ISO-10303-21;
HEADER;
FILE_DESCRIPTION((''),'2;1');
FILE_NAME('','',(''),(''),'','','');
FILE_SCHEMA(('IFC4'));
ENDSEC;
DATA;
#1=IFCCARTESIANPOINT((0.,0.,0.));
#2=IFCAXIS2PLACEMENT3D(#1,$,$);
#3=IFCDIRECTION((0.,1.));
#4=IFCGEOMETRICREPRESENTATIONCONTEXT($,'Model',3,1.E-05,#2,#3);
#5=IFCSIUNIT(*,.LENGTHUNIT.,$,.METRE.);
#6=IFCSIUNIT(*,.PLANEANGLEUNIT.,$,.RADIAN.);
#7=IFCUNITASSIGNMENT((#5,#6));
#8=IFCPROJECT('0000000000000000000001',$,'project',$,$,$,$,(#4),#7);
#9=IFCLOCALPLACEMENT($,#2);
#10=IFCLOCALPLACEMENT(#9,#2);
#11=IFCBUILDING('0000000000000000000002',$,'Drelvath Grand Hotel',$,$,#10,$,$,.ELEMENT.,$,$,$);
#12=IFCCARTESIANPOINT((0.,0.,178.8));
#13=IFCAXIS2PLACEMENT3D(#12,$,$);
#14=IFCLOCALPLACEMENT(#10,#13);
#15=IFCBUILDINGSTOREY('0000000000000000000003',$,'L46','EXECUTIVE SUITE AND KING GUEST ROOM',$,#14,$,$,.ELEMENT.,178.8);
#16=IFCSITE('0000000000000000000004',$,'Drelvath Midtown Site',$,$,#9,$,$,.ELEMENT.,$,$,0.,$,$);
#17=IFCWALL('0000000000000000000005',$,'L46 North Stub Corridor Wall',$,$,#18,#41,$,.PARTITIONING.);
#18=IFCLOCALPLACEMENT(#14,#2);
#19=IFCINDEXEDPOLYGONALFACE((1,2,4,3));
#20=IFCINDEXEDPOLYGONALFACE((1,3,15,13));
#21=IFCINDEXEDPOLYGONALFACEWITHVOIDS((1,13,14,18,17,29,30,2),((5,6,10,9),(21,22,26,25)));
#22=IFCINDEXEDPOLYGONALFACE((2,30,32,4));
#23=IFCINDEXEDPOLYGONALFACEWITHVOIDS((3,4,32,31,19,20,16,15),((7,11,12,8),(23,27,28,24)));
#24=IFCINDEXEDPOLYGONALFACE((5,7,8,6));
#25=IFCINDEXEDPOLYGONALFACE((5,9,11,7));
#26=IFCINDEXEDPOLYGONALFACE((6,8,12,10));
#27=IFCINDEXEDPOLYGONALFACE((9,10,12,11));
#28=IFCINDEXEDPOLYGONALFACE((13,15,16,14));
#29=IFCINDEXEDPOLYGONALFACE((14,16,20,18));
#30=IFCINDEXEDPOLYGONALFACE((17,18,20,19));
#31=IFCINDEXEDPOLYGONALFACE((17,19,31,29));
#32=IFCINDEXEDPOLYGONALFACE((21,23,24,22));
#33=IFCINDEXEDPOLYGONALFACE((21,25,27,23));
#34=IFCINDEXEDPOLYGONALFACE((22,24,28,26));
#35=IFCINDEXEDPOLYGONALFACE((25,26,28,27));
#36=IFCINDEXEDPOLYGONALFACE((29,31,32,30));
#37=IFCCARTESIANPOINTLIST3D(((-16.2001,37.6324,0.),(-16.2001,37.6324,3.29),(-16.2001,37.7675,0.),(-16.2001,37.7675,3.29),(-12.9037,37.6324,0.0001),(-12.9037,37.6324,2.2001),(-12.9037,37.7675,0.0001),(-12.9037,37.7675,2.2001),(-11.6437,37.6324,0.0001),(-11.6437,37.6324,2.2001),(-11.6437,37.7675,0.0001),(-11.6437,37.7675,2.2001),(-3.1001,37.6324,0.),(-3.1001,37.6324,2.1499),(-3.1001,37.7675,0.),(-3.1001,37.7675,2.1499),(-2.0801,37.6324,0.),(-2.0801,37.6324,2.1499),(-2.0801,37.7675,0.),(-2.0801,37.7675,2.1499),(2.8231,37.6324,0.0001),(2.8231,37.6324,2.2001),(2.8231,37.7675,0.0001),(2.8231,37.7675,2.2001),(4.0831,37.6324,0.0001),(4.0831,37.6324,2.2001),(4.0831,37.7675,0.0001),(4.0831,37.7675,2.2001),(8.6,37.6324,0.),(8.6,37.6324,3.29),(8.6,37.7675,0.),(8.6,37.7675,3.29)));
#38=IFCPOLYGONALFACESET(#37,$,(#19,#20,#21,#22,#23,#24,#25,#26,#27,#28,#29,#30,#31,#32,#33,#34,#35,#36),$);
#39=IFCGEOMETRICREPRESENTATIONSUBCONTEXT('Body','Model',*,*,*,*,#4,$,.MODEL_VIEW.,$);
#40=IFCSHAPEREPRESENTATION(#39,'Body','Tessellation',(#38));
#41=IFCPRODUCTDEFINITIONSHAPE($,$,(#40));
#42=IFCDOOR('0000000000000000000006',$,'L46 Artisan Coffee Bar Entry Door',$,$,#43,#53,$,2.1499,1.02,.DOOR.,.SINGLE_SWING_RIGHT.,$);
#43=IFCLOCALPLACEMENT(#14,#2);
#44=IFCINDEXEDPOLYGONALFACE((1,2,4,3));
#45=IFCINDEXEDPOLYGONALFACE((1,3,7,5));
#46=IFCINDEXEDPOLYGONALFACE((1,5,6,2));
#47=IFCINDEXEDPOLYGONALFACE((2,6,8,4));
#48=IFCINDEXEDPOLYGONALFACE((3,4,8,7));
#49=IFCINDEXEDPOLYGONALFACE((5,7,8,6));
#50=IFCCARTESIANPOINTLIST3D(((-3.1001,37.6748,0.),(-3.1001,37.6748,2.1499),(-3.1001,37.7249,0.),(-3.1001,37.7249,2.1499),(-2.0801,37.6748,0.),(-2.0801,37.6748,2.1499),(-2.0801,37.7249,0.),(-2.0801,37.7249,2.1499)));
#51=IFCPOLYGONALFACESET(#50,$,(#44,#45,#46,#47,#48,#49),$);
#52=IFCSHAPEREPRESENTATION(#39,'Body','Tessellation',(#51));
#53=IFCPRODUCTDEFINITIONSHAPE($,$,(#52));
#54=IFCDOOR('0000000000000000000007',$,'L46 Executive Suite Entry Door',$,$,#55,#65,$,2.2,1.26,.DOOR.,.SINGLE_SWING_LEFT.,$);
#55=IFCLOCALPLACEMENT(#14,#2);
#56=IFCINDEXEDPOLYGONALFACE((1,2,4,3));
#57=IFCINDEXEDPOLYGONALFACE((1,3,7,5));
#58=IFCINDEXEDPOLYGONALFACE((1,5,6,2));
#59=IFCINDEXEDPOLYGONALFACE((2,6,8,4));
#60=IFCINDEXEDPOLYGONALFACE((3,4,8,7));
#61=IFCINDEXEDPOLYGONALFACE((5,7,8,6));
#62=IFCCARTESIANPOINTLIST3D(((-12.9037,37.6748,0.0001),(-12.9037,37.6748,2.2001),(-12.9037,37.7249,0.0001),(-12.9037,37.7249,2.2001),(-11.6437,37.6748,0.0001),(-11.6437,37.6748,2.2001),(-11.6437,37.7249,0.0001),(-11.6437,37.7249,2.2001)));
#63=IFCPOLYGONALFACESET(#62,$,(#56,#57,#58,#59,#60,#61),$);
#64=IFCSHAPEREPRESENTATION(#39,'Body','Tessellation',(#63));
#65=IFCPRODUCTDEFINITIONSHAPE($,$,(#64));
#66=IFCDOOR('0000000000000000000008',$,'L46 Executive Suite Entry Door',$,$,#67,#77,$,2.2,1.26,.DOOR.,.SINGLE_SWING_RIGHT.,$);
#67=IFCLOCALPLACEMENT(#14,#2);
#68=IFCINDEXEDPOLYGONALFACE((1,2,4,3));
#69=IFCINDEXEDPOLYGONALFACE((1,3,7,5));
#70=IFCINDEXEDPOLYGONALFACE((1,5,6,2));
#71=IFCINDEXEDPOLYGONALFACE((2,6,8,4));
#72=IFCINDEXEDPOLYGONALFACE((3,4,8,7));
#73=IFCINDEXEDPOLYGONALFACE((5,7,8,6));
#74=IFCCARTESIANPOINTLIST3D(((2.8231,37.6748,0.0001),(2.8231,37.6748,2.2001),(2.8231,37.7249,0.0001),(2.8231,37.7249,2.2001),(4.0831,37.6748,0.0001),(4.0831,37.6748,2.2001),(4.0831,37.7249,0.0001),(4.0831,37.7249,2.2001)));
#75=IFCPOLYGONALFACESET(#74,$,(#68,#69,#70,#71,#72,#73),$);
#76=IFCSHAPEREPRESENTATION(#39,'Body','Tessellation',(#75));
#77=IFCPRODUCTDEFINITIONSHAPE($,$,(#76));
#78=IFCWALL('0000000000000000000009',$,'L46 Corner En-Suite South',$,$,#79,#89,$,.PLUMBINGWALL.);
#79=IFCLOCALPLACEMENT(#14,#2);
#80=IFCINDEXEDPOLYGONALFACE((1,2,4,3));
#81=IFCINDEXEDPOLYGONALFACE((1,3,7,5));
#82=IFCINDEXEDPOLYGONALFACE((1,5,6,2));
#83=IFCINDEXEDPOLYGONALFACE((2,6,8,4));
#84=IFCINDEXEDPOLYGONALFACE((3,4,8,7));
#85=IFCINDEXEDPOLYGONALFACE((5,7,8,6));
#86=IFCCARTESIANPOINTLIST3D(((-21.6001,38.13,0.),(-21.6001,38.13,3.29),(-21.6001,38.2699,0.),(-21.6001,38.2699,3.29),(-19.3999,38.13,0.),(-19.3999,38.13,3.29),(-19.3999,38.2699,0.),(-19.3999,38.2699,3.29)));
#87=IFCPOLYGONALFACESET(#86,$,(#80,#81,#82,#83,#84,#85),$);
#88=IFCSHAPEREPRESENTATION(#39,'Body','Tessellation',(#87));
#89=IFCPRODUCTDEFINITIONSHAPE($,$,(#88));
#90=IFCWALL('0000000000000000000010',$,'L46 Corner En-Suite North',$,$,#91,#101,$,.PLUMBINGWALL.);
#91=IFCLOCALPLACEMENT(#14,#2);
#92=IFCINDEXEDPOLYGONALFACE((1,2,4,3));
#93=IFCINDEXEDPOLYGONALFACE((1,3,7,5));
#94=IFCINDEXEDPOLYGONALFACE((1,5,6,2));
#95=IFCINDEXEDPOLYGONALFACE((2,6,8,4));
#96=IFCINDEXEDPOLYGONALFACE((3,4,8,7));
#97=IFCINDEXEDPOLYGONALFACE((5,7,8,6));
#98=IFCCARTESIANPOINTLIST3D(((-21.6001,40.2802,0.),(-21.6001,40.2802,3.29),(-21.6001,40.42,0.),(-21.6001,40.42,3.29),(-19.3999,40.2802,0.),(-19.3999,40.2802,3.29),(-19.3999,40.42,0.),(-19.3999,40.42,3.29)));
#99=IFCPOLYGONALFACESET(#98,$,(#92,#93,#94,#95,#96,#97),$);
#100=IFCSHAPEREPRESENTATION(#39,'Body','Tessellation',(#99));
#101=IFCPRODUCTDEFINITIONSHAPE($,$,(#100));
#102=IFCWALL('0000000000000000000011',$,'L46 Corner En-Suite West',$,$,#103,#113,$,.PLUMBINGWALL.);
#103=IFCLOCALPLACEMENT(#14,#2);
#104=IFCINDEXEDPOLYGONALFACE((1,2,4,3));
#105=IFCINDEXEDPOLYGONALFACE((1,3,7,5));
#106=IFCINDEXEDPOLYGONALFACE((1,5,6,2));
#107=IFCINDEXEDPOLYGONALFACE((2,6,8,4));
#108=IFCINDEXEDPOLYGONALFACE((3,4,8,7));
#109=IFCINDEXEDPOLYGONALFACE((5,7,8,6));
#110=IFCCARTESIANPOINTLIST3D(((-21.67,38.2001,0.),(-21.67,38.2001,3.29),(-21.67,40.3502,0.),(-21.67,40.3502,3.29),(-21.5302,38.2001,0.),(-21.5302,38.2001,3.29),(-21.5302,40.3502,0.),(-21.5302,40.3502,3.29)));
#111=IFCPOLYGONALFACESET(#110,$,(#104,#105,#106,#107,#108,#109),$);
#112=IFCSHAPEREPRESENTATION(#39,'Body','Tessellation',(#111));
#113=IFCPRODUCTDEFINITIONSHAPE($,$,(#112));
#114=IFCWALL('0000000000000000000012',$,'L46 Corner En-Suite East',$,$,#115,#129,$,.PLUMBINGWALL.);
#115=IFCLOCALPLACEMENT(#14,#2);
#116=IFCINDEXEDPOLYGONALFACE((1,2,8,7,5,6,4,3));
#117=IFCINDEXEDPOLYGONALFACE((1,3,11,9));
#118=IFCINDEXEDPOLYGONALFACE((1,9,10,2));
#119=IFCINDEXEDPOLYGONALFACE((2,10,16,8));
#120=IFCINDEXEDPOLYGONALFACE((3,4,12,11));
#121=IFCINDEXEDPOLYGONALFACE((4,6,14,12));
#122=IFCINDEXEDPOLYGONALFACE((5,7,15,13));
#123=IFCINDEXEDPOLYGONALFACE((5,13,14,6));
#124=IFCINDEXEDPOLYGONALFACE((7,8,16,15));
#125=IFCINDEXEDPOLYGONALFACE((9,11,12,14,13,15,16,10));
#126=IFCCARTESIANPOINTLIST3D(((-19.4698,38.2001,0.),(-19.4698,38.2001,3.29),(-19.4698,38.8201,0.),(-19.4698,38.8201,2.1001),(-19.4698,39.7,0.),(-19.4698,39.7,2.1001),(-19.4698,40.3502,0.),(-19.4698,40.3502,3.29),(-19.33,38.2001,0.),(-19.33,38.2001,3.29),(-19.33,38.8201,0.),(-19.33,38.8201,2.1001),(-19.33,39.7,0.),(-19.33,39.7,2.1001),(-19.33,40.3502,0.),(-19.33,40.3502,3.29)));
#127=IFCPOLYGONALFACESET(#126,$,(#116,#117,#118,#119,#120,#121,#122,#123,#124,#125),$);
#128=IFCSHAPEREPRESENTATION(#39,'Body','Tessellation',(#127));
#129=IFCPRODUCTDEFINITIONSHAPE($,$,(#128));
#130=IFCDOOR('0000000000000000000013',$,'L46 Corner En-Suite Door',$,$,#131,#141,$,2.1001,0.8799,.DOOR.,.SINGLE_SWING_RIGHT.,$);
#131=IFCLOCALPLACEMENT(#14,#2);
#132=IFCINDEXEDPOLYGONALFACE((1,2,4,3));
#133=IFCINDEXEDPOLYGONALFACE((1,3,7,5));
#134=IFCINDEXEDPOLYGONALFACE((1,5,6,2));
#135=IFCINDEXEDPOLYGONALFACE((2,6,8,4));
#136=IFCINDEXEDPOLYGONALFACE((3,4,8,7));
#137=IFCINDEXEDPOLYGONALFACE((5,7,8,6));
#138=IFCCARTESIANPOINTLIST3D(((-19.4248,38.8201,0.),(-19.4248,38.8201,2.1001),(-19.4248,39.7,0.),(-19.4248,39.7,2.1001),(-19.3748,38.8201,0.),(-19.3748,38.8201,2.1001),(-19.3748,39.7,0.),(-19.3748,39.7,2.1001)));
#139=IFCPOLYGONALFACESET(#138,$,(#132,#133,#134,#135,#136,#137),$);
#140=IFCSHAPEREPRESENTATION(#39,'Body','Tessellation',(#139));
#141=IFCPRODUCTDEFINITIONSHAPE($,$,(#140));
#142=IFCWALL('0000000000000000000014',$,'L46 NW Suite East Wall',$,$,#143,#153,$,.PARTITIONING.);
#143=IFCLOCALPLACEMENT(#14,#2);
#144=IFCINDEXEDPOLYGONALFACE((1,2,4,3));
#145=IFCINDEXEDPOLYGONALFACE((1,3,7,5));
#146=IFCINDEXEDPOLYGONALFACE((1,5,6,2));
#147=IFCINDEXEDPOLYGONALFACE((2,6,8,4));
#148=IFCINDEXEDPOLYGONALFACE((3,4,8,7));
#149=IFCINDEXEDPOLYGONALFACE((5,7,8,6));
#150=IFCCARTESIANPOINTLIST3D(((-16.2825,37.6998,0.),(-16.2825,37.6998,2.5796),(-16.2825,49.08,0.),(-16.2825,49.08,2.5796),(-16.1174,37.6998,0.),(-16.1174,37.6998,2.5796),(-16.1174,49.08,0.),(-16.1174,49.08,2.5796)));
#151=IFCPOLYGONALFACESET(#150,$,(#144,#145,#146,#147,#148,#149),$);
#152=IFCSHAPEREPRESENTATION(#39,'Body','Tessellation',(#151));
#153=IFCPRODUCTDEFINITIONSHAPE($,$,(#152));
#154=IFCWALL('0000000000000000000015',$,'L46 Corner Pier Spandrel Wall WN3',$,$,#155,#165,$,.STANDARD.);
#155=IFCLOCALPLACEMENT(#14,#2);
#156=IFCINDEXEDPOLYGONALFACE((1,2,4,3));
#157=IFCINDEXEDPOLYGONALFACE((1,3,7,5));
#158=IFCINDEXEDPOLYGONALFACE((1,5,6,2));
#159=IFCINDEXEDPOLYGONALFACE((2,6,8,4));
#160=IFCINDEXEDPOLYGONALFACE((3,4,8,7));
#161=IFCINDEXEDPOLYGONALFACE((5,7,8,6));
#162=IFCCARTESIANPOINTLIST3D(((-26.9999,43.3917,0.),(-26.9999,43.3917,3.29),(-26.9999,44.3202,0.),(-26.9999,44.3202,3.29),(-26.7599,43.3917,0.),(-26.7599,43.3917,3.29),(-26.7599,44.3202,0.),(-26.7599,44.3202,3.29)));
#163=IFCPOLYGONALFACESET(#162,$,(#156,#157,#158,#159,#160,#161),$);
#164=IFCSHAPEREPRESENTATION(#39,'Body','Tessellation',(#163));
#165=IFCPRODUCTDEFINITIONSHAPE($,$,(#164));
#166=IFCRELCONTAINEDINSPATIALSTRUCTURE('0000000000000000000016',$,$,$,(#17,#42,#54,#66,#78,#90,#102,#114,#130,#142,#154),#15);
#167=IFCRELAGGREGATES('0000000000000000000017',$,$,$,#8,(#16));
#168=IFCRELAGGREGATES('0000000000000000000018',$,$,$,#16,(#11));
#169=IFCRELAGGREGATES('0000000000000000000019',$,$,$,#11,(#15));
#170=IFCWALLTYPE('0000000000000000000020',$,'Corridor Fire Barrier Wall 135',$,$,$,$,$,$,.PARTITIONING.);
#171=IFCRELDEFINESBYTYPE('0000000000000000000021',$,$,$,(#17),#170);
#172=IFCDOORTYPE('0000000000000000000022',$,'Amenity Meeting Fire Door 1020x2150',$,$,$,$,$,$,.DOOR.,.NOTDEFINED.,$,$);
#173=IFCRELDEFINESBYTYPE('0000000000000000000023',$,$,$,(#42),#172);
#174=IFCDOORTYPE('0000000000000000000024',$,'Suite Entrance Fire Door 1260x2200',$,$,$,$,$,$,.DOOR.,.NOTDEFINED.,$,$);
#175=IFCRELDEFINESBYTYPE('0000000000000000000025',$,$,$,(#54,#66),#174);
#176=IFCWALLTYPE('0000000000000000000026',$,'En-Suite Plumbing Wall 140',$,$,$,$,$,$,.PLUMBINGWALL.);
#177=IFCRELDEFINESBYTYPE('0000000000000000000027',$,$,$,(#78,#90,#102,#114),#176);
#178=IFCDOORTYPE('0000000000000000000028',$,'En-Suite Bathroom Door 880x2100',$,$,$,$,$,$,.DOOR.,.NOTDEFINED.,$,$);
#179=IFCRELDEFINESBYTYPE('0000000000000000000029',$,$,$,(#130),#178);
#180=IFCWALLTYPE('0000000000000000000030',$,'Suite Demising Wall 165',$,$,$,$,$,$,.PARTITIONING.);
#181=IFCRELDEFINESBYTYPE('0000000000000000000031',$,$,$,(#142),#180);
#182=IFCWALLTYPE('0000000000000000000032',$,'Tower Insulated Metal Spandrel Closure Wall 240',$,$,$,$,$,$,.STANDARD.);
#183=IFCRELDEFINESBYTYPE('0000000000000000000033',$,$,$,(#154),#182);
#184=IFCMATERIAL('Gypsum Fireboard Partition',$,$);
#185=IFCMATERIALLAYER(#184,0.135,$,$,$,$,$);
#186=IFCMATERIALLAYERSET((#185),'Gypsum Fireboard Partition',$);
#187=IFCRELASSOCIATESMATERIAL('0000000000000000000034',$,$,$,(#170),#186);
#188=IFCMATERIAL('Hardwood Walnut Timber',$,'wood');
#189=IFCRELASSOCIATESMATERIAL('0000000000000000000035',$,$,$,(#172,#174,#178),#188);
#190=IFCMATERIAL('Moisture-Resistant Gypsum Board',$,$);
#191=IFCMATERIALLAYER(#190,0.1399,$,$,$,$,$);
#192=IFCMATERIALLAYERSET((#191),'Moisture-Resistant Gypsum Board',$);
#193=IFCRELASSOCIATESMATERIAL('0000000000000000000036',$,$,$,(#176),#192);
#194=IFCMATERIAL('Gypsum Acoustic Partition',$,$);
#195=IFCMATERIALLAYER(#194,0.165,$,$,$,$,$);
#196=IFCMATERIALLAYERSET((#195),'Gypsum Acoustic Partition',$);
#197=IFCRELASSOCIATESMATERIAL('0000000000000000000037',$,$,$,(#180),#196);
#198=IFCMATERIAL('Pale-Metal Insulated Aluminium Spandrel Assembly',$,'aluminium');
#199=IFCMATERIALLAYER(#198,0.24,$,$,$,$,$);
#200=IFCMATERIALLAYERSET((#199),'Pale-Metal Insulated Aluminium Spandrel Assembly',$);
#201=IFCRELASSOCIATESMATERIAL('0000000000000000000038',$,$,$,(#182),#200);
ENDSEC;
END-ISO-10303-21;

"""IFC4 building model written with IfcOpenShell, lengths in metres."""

from ifc_helpers import new_model, si_unit, direction, frame, frame_2d, origin, place, context, subcontext, project, spatial, rectangle, extrude, material, layer, layer_set, type_object, element, fill, save


model = new_model("IFC4")

# Units and contexts
model_context = context("Model", 3, precision=1e-05, world=origin(), true_north=direction((0.0, 1.0)))
body_context = subcontext(model_context, "Body", "Model", "MODEL_VIEW")
ifc_project = project(units=[si_unit("LENGTHUNIT", "METRE"), si_unit("PLANEANGLEUNIT", "RADIAN")], contexts=[model_context])

# Site, building, storey
site_placement = place(None, origin())
site = spatial("IfcSite", under=ifc_project, at=site_placement, Name="Drelvath Midtown Site", CompositionType="ELEMENT", RefElevation=0.0)
building_placement = place(site_placement, origin())
building = spatial("IfcBuilding", under=site, at=building_placement, Name="Drelvath Grand Hotel", CompositionType="ELEMENT")
storey_placement = place(building_placement, frame((0.0, 0.0, 178.8)))
storey = spatial("IfcBuildingStorey", under=building, at=storey_placement, Name="L46", Description="EXECUTIVE SUITE AND KING GUEST ROOM", CompositionType="ELEMENT", Elevation=178.8)

# Wall, openings, doors
ifc_material_1 = material(Name="Gypsum Fireboard Partition")
ifc_layer_1 = layer(ifc_material_1, 0.135)
ifc_layer_set_1 = layer_set([ifc_layer_1], Name="Gypsum Fireboard Partition")
wall_type_1 = type_object("IfcWallType", Name="Corridor Fire Barrier Wall 135", PredefinedType="PARTITIONING", material=ifc_layer_set_1)
wall_1_placement = place(storey_placement, frame((-16.2, 37.7, 0.0), z_axis=(0.0, 0.0, 1.0), x_axis=(1.0, 0.0, 0.0)))
wall_1 = element("IfcWall", 1, at=wall_1_placement, inside=storey, type_object=wall_type_1, Name="L46 North Stub Corridor Wall", PredefinedType="PARTITIONING", context=body_context, shape_type="SweptSolid", body=[
    extrude(rectangle(XDim=24.8, YDim=0.135, at=frame_2d((12.3999, 0.0))), origin(), (0.0, 0.0, 1.0), 3.29),
])
opening_1_placement = place(wall_1_placement, frame((3.2964, 0.0, 0.0)))
opening_1 = element("IfcOpeningElement", 2, at=opening_1_placement, cuts=wall_1, PredefinedType="OPENING", context=body_context, shape_type="SweptSolid", body=[
    extrude(rectangle(XDim=1.26, YDim=2.2, at=frame_2d((0.6299, 1.1001))), frame((0.0, 0.0774, 0.0), z_axis=(0.0, -1.0, 0.0), x_axis=(1.0, 0.0, 0.0)), (0.0, 0.0, 1.0), 0.155),
])
opening_2_placement = place(wall_1_placement, frame((13.0999, 0.0, 0.0)))
opening_2 = element("IfcOpeningElement", 3, at=opening_2_placement, cuts=wall_1, PredefinedType="OPENING", context=body_context, shape_type="SweptSolid", body=[
    extrude(rectangle(XDim=1.02, YDim=2.1499, at=frame_2d((0.51, 1.075))), frame((0.0, 0.0774, 0.0), z_axis=(0.0, -1.0, 0.0), x_axis=(1.0, 0.0, 0.0)), (0.0, 0.0, 1.0), 0.155),
])
opening_3_placement = place(wall_1_placement, frame((19.0232, 0.0, 0.0)))
opening_3 = element("IfcOpeningElement", 4, at=opening_3_placement, cuts=wall_1, PredefinedType="OPENING", context=body_context, shape_type="SweptSolid", body=[
    extrude(rectangle(XDim=1.26, YDim=2.2, at=frame_2d((0.6299, 1.1001))), frame((0.0, 0.0774, 0.0), z_axis=(0.0, -1.0, 0.0), x_axis=(1.0, 0.0, 0.0)), (0.0, 0.0, 1.0), 0.155),
])
ifc_material_2 = material(Name="Hardwood Walnut Timber", Category="wood")
door_type_1 = type_object("IfcDoorType", Name="Amenity Meeting Fire Door 1020x2150", OperationType="NOTDEFINED", PredefinedType="DOOR", material=ifc_material_2)
door_1_placement = place(opening_2_placement, origin())
door_1 = element("IfcDoor", 5, at=door_1_placement, inside=storey, type_object=door_type_1, Name="L46 Artisan Coffee Bar Entry Door", OperationType="SINGLE_SWING_RIGHT", OverallHeight=2.1499, OverallWidth=1.02, PredefinedType="DOOR", context=body_context, shape_type="SweptSolid", body=[
    extrude(rectangle(XDim=1.02, YDim=2.1499, at=frame_2d((0.51, 1.075))), frame((0.0, 0.0249, 0.0), z_axis=(0.0, -1.0, 0.0), x_axis=(1.0, 0.0, 0.0)), (0.0, 0.0, 1.0), 0.05),
])
fill(opening_2, door_1)
door_type_2 = type_object("IfcDoorType", Name="Suite Entrance Fire Door 1260x2200", OperationType="NOTDEFINED", PredefinedType="DOOR", material=ifc_material_2)
door_2_placement = place(opening_1_placement, origin())
door_2 = element("IfcDoor", 6, at=door_2_placement, inside=storey, type_object=door_type_2, Name="L46 Executive Suite Entry Door", OperationType="SINGLE_SWING_LEFT", OverallHeight=2.2, OverallWidth=1.26, PredefinedType="DOOR", context=body_context, shape_type="SweptSolid", body=[
    extrude(rectangle(XDim=1.26, YDim=2.2, at=frame_2d((0.6299, 1.1001))), frame((0.0, 0.0249, 0.0), z_axis=(0.0, -1.0, 0.0), x_axis=(1.0, 0.0, 0.0)), (0.0, 0.0, 1.0), 0.05),
])
fill(opening_1, door_2)
door_3_placement = place(opening_3_placement, origin())
door_3 = element("IfcDoor", 7, at=door_3_placement, inside=storey, type_object=door_type_2, Name="L46 Executive Suite Entry Door", OperationType="SINGLE_SWING_RIGHT", OverallHeight=2.2, OverallWidth=1.26, PredefinedType="DOOR", context=body_context, shape_type="SweptSolid", body=[
    extrude(rectangle(XDim=1.26, YDim=2.2, at=frame_2d((0.6299, 1.1001))), frame((0.0, 0.0249, 0.0), z_axis=(0.0, -1.0, 0.0), x_axis=(1.0, 0.0, 0.0)), (0.0, 0.0, 1.0), 0.05),
])
fill(opening_3, door_3)

# Walls
ifc_material_3 = material(Name="Moisture-Resistant Gypsum Board")
ifc_layer_2 = layer(ifc_material_3, 0.1399)
ifc_layer_set_2 = layer_set([ifc_layer_2], Name="Moisture-Resistant Gypsum Board")
wall_type_2 = type_object("IfcWallType", Name="En-Suite Plumbing Wall 140", PredefinedType="PLUMBINGWALL", material=ifc_layer_set_2)
for number, where, z_axis, x_axis, name in (
    (8, (-21.6001, 38.2, 0.0), (0.0, 0.0, 1.0), (1.0, 0.0, 0.0), "L46 Corner En-Suite South"),
    (9, (-21.6001, 40.3501, 0.0), (0.0, 0.0, 1.0), (1.0, 0.0, 0.0), "L46 Corner En-Suite North"),
):
    element("IfcWall", number, at=place(storey_placement, frame(where, z_axis=z_axis, x_axis=x_axis)), inside=storey, type_object=wall_type_2, Name=name, PredefinedType="PLUMBINGWALL", context=body_context, shape_type="SweptSolid", body=[
        extrude(rectangle(XDim=2.2002, YDim=0.1399, at=frame_2d((1.1001, 0.0))), origin(), (0.0, 0.0, 1.0), 3.29),
    ])
wall_2_placement = place(storey_placement, frame((-21.6001, 38.2, 0.0), z_axis=(0.0, 0.0, 1.0), x_axis=(0.0, 1.0, 0.0)))
element("IfcWall", 10, at=wall_2_placement, inside=storey, type_object=wall_type_2, Name="L46 Corner En-Suite West", PredefinedType="PLUMBINGWALL", context=body_context, shape_type="SweptSolid", body=[
    extrude(rectangle(XDim=2.1501, YDim=0.1399, at=frame_2d((1.0752, 0.0))), origin(), (0.0, 0.0, 1.0), 3.29),
])

# Wall, opening, door
wall_3_placement = place(storey_placement, frame((-19.3999, 38.2, 0.0), z_axis=(0.0, 0.0, 1.0), x_axis=(0.0, 1.0, 0.0)))
wall_3 = element("IfcWall", 11, at=wall_3_placement, inside=storey, type_object=wall_type_2, Name="L46 Corner En-Suite East", PredefinedType="PLUMBINGWALL", context=body_context, shape_type="SweptSolid", body=[
    extrude(rectangle(XDim=2.1501, YDim=0.1399, at=frame_2d((1.0752, 0.0))), origin(), (0.0, 0.0, 1.0), 3.29),
])
opening_4_placement = place(wall_3_placement, frame((0.6201, 0.0, 0.0)))
opening_4 = element("IfcOpeningElement", 12, at=opening_4_placement, cuts=wall_3, PredefinedType="OPENING", context=body_context, shape_type="SweptSolid", body=[
    extrude(rectangle(XDim=0.8799, YDim=2.1001, at=frame_2d((0.4399, 1.05))), frame((0.0, 0.0798, 0.0), z_axis=(0.0, -1.0, 0.0), x_axis=(1.0, 0.0, 0.0)), (0.0, 0.0, 1.0), 0.1599),
])
door_type_3 = type_object("IfcDoorType", Name="En-Suite Bathroom Door 880x2100", OperationType="NOTDEFINED", PredefinedType="DOOR", material=ifc_material_2)
door_4_placement = place(opening_4_placement, origin())
door_4 = element("IfcDoor", 13, at=door_4_placement, inside=storey, type_object=door_type_3, Name="L46 Corner En-Suite Door", OperationType="SINGLE_SWING_RIGHT", OverallHeight=2.1001, OverallWidth=0.8799, PredefinedType="DOOR", context=body_context, shape_type="SweptSolid", body=[
    extrude(rectangle(XDim=0.8799, YDim=2.1001, at=frame_2d((0.4399, 1.05))), frame((0.0, 0.0249, 0.0), z_axis=(0.0, -1.0, 0.0), x_axis=(1.0, 0.0, 0.0)), (0.0, 0.0, 1.0), 0.05),
])
fill(opening_4, door_4)

# Walls
ifc_material_4 = material(Name="Gypsum Acoustic Partition")
ifc_layer_3 = layer(ifc_material_4, 0.165)
ifc_layer_set_3 = layer_set([ifc_layer_3], Name="Gypsum Acoustic Partition")
wall_type_3 = type_object("IfcWallType", Name="Suite Demising Wall 165", PredefinedType="PARTITIONING", material=ifc_layer_set_3)
wall_4_placement = place(storey_placement, frame((-16.2, 37.7, 0.0), z_axis=(0.0, 0.0, 1.0), x_axis=(0.0, 1.0, 0.0)))
element("IfcWall", 14, at=wall_4_placement, inside=storey, type_object=wall_type_3, Name="L46 NW Suite East Wall", PredefinedType="PARTITIONING", context=body_context, shape_type="SweptSolid", body=[
    extrude(rectangle(XDim=11.3801, YDim=0.165, at=frame_2d((5.6899, 0.0))), origin(), (0.0, 0.0, 1.0), 2.5796),
])
ifc_material_5 = material(Name="Pale-Metal Insulated Aluminium Spandrel Assembly", Category="aluminium")
ifc_layer_4 = layer(ifc_material_5, 0.24)
ifc_layer_set_4 = layer_set([ifc_layer_4], Name="Pale-Metal Insulated Aluminium Spandrel Assembly")
wall_type_4 = type_object("IfcWallType", Name="Tower Insulated Metal Spandrel Closure Wall 240", PredefinedType="STANDARD", material=ifc_layer_set_4)
wall_5_placement = place(storey_placement, frame((-26.8799, 43.3916, 0.0), z_axis=(0.0, 0.0, 1.0), x_axis=(0.0, 1.0, 0.0)))
element("IfcWall", 15, at=wall_5_placement, inside=storey, type_object=wall_type_4, Name="L46 Corner Pier Spandrel Wall WN3", PredefinedType="STANDARD", context=body_context, shape_type="SweptSolid", body=[
    extrude(rectangle(XDim=0.9285, YDim=0.24, at=frame_2d((0.4644, 0.0))), origin(), (0.0, 0.0, 1.0), 3.29),
])

save(model, "model.ifc")
